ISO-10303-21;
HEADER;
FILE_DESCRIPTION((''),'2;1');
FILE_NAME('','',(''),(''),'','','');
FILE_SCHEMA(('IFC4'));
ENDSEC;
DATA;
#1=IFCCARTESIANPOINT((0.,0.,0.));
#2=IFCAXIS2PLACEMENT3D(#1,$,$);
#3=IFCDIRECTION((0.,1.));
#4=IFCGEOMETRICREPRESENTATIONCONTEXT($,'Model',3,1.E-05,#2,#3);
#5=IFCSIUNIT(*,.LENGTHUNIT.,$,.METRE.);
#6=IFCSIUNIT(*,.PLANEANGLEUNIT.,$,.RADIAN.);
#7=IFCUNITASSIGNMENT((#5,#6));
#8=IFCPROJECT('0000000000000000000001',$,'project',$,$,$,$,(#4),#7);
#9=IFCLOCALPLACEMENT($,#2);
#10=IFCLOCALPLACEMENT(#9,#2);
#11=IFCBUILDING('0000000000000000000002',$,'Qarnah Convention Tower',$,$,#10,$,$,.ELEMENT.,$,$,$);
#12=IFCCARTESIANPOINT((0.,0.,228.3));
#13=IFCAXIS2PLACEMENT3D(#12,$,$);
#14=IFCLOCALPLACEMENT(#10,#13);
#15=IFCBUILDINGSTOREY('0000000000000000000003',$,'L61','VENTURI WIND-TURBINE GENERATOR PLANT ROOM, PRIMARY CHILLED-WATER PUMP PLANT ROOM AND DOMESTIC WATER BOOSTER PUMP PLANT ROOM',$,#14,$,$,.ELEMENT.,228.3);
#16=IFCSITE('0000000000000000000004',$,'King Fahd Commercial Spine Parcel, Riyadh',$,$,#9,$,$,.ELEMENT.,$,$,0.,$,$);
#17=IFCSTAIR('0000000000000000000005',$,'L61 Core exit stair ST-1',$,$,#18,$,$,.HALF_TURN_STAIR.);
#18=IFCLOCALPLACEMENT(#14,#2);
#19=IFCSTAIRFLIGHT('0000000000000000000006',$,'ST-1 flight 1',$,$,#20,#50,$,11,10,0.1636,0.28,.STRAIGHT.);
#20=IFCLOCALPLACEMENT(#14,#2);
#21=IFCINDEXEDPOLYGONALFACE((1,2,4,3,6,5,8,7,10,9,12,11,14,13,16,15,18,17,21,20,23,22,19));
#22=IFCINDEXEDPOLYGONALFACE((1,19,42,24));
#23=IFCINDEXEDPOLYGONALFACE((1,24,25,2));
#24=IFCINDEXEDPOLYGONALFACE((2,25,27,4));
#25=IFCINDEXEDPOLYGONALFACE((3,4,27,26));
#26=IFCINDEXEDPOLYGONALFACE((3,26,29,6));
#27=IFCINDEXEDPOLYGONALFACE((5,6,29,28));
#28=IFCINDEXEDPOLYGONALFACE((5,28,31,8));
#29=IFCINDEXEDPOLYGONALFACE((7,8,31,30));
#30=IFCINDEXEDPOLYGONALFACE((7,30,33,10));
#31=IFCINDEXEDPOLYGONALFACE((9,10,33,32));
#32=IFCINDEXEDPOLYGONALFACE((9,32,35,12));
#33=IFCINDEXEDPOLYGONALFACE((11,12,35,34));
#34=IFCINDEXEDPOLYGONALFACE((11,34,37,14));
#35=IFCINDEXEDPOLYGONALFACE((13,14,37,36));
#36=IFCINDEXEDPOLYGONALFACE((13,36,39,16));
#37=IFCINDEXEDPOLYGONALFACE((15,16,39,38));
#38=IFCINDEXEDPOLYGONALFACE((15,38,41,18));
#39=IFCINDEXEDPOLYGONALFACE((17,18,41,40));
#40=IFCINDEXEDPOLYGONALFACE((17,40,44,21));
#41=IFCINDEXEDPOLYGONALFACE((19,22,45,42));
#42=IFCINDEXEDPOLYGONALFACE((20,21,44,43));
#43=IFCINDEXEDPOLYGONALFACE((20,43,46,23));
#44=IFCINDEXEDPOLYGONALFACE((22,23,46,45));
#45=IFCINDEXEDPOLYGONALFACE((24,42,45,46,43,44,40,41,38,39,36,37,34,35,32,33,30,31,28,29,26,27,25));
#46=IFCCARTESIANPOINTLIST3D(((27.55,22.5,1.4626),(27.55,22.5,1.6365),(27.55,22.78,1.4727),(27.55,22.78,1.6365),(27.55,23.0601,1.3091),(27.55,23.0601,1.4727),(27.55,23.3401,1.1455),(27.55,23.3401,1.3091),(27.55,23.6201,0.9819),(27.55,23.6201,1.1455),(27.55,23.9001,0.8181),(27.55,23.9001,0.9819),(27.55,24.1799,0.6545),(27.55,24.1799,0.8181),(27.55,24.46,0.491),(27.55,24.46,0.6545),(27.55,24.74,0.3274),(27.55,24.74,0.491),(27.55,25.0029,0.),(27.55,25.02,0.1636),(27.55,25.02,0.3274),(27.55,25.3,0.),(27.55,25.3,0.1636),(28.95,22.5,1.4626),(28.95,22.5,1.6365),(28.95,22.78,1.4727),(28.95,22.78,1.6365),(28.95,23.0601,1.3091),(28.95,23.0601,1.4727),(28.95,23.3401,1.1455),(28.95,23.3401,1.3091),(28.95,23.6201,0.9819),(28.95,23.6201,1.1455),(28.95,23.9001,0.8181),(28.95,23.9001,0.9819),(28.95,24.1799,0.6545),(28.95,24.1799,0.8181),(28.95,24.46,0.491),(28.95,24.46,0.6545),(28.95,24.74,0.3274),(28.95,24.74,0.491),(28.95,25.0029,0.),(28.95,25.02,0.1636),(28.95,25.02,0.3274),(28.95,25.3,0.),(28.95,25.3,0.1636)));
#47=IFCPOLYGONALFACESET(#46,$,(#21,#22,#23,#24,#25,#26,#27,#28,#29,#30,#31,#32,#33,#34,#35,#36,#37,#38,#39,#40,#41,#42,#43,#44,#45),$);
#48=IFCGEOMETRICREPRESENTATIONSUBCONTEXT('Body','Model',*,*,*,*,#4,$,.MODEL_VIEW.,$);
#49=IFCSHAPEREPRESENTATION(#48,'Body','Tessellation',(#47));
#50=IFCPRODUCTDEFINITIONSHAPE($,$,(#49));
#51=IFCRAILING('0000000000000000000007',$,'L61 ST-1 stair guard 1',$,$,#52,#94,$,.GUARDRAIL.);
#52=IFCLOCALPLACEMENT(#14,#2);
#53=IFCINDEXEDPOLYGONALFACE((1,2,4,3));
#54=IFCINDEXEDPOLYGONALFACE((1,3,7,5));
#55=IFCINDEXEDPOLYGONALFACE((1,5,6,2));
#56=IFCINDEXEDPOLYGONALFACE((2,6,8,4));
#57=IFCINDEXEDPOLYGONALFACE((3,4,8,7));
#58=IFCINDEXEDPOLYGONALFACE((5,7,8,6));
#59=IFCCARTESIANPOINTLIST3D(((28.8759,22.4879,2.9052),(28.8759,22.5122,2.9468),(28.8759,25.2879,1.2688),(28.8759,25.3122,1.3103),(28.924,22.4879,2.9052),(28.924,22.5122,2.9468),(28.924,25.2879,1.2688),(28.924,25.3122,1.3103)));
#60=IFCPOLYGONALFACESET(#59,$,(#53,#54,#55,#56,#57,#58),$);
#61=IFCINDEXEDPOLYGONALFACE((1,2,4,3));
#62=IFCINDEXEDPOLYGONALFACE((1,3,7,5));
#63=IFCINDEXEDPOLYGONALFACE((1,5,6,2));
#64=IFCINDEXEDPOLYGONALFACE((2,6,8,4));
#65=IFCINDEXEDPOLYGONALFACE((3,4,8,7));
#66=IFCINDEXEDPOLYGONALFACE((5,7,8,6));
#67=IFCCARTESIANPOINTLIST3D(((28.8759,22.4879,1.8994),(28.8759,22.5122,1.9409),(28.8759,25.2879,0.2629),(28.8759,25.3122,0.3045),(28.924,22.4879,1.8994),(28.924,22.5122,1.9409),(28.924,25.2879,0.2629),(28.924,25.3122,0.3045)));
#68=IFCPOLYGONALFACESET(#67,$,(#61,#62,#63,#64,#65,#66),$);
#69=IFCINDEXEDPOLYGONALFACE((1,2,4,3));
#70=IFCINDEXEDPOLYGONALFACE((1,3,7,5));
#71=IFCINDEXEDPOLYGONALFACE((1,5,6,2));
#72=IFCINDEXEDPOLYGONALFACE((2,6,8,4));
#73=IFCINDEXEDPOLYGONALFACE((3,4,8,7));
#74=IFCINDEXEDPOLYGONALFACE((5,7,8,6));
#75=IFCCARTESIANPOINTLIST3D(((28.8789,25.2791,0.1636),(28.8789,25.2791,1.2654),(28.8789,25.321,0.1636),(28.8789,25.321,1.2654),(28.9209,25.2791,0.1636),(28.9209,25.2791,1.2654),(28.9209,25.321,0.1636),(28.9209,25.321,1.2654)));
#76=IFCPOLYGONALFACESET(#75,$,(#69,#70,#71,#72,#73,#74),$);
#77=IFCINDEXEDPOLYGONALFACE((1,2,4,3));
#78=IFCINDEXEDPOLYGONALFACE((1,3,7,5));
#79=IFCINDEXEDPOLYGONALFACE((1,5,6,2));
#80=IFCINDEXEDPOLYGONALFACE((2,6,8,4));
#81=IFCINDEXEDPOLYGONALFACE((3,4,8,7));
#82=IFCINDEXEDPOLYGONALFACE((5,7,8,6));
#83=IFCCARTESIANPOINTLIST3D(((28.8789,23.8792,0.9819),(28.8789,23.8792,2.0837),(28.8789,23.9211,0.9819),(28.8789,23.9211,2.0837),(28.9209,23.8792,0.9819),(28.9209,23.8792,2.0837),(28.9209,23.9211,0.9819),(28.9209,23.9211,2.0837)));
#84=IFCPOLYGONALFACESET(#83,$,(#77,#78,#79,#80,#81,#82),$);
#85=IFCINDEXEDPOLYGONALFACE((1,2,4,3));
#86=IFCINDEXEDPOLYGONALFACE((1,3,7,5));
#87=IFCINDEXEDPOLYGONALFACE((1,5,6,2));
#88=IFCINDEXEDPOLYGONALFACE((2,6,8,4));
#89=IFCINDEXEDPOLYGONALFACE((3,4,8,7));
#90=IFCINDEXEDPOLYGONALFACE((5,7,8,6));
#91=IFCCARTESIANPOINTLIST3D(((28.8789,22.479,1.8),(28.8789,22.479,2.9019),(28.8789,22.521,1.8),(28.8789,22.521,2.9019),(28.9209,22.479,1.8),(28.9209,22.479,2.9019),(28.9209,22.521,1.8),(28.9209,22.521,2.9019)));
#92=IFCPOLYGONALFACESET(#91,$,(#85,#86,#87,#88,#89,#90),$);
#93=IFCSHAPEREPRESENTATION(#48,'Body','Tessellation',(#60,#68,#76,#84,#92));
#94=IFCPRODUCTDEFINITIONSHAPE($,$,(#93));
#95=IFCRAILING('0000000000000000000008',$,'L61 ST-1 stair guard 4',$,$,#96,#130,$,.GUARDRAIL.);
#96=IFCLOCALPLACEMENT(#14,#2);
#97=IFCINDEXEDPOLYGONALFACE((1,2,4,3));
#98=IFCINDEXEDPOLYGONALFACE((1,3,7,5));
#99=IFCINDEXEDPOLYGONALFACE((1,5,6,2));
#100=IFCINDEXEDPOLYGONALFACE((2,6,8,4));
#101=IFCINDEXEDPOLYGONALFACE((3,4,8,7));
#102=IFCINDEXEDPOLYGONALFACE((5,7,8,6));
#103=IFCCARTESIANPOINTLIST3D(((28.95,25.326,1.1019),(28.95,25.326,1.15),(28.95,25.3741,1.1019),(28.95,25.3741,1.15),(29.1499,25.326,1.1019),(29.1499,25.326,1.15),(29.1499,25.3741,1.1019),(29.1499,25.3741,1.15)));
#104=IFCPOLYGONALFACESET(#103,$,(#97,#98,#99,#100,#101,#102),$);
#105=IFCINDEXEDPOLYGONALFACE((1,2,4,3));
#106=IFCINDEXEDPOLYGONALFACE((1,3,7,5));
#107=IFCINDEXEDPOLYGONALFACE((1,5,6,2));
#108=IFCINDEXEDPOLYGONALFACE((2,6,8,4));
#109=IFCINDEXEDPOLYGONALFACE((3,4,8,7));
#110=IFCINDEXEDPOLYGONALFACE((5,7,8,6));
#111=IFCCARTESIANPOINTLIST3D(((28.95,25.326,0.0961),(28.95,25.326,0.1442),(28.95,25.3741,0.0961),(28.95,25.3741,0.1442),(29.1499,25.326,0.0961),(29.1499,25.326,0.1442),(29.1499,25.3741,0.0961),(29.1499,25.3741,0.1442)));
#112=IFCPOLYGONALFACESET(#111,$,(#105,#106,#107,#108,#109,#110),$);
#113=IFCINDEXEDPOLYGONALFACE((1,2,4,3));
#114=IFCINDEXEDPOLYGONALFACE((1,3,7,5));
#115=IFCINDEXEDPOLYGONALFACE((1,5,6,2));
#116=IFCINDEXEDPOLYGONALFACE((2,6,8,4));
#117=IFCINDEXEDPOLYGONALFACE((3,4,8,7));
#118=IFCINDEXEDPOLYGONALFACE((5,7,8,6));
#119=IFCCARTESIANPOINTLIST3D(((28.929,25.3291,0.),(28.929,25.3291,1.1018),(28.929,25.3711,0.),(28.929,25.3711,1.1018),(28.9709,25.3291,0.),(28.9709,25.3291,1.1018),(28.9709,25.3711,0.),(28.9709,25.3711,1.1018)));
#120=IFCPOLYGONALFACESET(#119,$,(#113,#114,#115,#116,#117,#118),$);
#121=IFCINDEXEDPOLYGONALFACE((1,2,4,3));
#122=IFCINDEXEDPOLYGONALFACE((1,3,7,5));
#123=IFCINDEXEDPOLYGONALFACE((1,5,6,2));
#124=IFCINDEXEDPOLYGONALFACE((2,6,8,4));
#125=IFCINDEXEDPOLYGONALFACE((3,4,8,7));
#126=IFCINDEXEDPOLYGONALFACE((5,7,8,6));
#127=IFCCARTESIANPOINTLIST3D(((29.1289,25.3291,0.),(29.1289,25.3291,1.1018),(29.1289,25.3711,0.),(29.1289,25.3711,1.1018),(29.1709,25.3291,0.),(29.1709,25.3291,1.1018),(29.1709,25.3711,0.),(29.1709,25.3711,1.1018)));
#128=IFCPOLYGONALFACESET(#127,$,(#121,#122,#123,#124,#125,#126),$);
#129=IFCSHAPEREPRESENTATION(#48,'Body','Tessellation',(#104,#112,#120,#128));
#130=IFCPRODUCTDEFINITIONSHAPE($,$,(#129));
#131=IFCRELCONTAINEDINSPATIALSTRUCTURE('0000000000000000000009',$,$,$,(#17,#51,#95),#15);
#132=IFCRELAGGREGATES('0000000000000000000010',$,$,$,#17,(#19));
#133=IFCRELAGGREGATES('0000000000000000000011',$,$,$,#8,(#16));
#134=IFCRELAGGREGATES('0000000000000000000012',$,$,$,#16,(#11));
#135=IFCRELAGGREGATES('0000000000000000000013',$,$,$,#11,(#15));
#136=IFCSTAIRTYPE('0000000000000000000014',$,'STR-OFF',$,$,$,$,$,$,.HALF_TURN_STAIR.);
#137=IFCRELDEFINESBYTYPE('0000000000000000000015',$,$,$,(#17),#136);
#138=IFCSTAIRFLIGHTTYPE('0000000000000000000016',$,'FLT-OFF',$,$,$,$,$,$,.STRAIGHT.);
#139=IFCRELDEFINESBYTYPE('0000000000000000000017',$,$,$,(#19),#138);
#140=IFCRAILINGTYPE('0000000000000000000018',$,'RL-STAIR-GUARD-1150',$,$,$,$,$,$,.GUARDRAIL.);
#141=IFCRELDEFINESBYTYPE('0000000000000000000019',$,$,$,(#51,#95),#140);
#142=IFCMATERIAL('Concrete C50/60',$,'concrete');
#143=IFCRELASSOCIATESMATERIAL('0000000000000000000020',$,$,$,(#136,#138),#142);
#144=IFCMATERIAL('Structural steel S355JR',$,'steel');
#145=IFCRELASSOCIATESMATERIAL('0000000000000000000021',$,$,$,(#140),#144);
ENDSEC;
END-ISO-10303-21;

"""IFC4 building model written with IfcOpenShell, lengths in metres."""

from ifc_helpers import new_model, si_unit, direction, frame, origin, origin_2d, place, context, subcontext, project, spatial, polyline, rectangle, outline, extrude, material, type_object, element, aggregate, save


model = new_model("IFC4")

# Units and contexts
model_context = context("Model", 3, precision=1e-05, world=origin(), true_north=direction((0.0, 1.0)))
body_context = subcontext(model_context, "Body", "Model", "MODEL_VIEW")
ifc_project = project(units=[si_unit("LENGTHUNIT", "METRE"), si_unit("PLANEANGLEUNIT", "RADIAN")], contexts=[model_context])

# Site, building, storey
site_placement = place(None, origin())
site = spatial("IfcSite", under=ifc_project, at=site_placement, Name="King Fahd Commercial Spine Parcel, Riyadh", CompositionType="ELEMENT", RefElevation=0.0)
building_placement = place(site_placement, origin())
building = spatial("IfcBuilding", under=site, at=building_placement, Name="Qarnah Convention Tower", CompositionType="ELEMENT")
storey_placement = place(building_placement, frame((0.0, 0.0, 228.3)))
storey = spatial("IfcBuildingStorey", under=building, at=storey_placement, Name="L61", Description="VENTURI WIND-TURBINE GENERATOR PLANT ROOM, PRIMARY CHILLED-WATER PUMP PLANT ROOM AND DOMESTIC WATER BOOSTER PUMP PLANT ROOM", CompositionType="ELEMENT", Elevation=228.3)

# Shared definitions
ifc_material_1 = material(Name="Structural steel S355JR", Category="steel")

# Stair, stair flight
ifc_material_2 = material(Name="Concrete C50/60", Category="concrete")
stair_type = type_object("IfcStairType", Name="STR-OFF", PredefinedType="HALF_TURN_STAIR", material=ifc_material_2)
stair_placement = place(storey_placement, origin())
stair = element("IfcStair", 1, at=stair_placement, inside=storey, type_object=stair_type, Name="L61 Core exit stair ST-1", PredefinedType="HALF_TURN_STAIR")
stair_flight_type = type_object("IfcStairFlightType", Name="FLT-OFF", PredefinedType="STRAIGHT", material=ifc_material_2)
stair_flight_placement = place(storey_placement, frame((28.25, 25.3, 0.0), z_axis=(0.0, 0.0, 1.0), x_axis=(0.0, -1.0, 0.0)))
stair_flight = element("IfcStairFlight", 2, at=stair_flight_placement, type_object=stair_flight_type, Name="ST-1 flight 1", NumberOfRisers=11, NumberOfTreads=10, PredefinedType="STRAIGHT", RiserHeight=0.1636, TreadLength=0.28, context=body_context, shape_type="SweptSolid", body=[
    extrude(outline(polyline([(0.0, 0.0), (0.0, 0.1636), (0.28, 0.1636), (0.28, 0.3274), (0.5601, 0.3274), (0.5601, 0.491), (0.8401, 0.491), (0.8401, 0.6545), (1.1201, 0.6545), (1.1201, 0.8181), (1.3999, 0.8181), (1.3999, 0.9819), (1.6799, 0.9819), (1.6799, 1.1455), (1.96, 1.1455), (1.96, 1.3091), (2.24, 1.3091), (2.24, 1.4727), (2.52, 1.4727), (2.52, 1.6365), (2.8, 1.6365), (2.8, 1.8), (2.8, 1.4626), (0.2971, 0.0), (0.0, 0.0)])), frame((0.0, 0.7, 0.0), z_axis=(0.0, -1.0, 0.0), x_axis=(1.0, 0.0, 0.0)), (0.0, 0.0, 1.0), 1.3999),
])
aggregate(stair, [stair_flight])

# Railings
railing_type = type_object("IfcRailingType", Name="RL-STAIR-GUARD-1150", PredefinedType="GUARDRAIL", material=ifc_material_1)
railing_1_placement = place(storey_placement, frame((28.8999, 25.3, 0.1636)))
element("IfcRailing", 3, at=railing_1_placement, inside=storey, type_object=railing_type, Name="L61 ST-1 stair guard 1", PredefinedType="GUARDRAIL", context=body_context, shape_type="SweptSolid", body=[
    extrude(rectangle(XDim=0.0481, YDim=0.0481, at=origin_2d()), frame((0.0, 0.0, 1.126), z_axis=(0.0, -0.863361, 0.504587), x_axis=(1.0, 0.0, 0.0)), (0.0, 0.0, 1.0), 3.2432),
    extrude(rectangle(XDim=0.0481, YDim=0.0481, at=origin_2d()), frame((0.0, 0.0, 0.1201), z_axis=(0.0, -0.863361, 0.504587), x_axis=(1.0, 0.0, 0.0)), (0.0, 0.0, 1.0), 3.2432),
    extrude(rectangle(XDim=0.042, YDim=0.042, at=origin_2d()), origin(), (0.0, 0.0, 1.0), 1.1018),
    extrude(rectangle(XDim=0.042, YDim=0.042, at=origin_2d()), frame((0.0, -1.3999, 0.8184)), (0.0, 0.0, 1.0), 1.1018),
    extrude(rectangle(XDim=0.042, YDim=0.042, at=origin_2d()), frame((0.0, -2.8, 1.6365)), (0.0, 0.0, 1.0), 1.1018),
])
railing_2_placement = place(storey_placement, frame((28.95, 25.3501, 0.0)))
element("IfcRailing", 4, at=railing_2_placement, inside=storey, type_object=railing_type, Name="L61 ST-1 stair guard 4", PredefinedType="GUARDRAIL", context=body_context, shape_type="SweptSolid", body=[
    extrude(rectangle(XDim=0.0481, YDim=0.0481, at=origin_2d()), frame((0.0, 0.0, 1.126), z_axis=(1.0, 0.0, 0.0), x_axis=(0.0, 1.0, 0.0)), (0.0, 0.0, 1.0), 0.2),
    extrude(rectangle(XDim=0.0481, YDim=0.0481, at=origin_2d()), frame((0.0, 0.0, 0.1201), z_axis=(1.0, 0.0, 0.0), x_axis=(0.0, 1.0, 0.0)), (0.0, 0.0, 1.0), 0.2),
    extrude(rectangle(XDim=0.042, YDim=0.042, at=origin_2d()), origin(), (0.0, 0.0, 1.0), 1.1018),
    extrude(rectangle(XDim=0.042, YDim=0.042, at=origin_2d()), frame((0.2, 0.0, 0.0)), (0.0, 0.0, 1.0), 1.1018),
])

save(model, "model.ifc")
